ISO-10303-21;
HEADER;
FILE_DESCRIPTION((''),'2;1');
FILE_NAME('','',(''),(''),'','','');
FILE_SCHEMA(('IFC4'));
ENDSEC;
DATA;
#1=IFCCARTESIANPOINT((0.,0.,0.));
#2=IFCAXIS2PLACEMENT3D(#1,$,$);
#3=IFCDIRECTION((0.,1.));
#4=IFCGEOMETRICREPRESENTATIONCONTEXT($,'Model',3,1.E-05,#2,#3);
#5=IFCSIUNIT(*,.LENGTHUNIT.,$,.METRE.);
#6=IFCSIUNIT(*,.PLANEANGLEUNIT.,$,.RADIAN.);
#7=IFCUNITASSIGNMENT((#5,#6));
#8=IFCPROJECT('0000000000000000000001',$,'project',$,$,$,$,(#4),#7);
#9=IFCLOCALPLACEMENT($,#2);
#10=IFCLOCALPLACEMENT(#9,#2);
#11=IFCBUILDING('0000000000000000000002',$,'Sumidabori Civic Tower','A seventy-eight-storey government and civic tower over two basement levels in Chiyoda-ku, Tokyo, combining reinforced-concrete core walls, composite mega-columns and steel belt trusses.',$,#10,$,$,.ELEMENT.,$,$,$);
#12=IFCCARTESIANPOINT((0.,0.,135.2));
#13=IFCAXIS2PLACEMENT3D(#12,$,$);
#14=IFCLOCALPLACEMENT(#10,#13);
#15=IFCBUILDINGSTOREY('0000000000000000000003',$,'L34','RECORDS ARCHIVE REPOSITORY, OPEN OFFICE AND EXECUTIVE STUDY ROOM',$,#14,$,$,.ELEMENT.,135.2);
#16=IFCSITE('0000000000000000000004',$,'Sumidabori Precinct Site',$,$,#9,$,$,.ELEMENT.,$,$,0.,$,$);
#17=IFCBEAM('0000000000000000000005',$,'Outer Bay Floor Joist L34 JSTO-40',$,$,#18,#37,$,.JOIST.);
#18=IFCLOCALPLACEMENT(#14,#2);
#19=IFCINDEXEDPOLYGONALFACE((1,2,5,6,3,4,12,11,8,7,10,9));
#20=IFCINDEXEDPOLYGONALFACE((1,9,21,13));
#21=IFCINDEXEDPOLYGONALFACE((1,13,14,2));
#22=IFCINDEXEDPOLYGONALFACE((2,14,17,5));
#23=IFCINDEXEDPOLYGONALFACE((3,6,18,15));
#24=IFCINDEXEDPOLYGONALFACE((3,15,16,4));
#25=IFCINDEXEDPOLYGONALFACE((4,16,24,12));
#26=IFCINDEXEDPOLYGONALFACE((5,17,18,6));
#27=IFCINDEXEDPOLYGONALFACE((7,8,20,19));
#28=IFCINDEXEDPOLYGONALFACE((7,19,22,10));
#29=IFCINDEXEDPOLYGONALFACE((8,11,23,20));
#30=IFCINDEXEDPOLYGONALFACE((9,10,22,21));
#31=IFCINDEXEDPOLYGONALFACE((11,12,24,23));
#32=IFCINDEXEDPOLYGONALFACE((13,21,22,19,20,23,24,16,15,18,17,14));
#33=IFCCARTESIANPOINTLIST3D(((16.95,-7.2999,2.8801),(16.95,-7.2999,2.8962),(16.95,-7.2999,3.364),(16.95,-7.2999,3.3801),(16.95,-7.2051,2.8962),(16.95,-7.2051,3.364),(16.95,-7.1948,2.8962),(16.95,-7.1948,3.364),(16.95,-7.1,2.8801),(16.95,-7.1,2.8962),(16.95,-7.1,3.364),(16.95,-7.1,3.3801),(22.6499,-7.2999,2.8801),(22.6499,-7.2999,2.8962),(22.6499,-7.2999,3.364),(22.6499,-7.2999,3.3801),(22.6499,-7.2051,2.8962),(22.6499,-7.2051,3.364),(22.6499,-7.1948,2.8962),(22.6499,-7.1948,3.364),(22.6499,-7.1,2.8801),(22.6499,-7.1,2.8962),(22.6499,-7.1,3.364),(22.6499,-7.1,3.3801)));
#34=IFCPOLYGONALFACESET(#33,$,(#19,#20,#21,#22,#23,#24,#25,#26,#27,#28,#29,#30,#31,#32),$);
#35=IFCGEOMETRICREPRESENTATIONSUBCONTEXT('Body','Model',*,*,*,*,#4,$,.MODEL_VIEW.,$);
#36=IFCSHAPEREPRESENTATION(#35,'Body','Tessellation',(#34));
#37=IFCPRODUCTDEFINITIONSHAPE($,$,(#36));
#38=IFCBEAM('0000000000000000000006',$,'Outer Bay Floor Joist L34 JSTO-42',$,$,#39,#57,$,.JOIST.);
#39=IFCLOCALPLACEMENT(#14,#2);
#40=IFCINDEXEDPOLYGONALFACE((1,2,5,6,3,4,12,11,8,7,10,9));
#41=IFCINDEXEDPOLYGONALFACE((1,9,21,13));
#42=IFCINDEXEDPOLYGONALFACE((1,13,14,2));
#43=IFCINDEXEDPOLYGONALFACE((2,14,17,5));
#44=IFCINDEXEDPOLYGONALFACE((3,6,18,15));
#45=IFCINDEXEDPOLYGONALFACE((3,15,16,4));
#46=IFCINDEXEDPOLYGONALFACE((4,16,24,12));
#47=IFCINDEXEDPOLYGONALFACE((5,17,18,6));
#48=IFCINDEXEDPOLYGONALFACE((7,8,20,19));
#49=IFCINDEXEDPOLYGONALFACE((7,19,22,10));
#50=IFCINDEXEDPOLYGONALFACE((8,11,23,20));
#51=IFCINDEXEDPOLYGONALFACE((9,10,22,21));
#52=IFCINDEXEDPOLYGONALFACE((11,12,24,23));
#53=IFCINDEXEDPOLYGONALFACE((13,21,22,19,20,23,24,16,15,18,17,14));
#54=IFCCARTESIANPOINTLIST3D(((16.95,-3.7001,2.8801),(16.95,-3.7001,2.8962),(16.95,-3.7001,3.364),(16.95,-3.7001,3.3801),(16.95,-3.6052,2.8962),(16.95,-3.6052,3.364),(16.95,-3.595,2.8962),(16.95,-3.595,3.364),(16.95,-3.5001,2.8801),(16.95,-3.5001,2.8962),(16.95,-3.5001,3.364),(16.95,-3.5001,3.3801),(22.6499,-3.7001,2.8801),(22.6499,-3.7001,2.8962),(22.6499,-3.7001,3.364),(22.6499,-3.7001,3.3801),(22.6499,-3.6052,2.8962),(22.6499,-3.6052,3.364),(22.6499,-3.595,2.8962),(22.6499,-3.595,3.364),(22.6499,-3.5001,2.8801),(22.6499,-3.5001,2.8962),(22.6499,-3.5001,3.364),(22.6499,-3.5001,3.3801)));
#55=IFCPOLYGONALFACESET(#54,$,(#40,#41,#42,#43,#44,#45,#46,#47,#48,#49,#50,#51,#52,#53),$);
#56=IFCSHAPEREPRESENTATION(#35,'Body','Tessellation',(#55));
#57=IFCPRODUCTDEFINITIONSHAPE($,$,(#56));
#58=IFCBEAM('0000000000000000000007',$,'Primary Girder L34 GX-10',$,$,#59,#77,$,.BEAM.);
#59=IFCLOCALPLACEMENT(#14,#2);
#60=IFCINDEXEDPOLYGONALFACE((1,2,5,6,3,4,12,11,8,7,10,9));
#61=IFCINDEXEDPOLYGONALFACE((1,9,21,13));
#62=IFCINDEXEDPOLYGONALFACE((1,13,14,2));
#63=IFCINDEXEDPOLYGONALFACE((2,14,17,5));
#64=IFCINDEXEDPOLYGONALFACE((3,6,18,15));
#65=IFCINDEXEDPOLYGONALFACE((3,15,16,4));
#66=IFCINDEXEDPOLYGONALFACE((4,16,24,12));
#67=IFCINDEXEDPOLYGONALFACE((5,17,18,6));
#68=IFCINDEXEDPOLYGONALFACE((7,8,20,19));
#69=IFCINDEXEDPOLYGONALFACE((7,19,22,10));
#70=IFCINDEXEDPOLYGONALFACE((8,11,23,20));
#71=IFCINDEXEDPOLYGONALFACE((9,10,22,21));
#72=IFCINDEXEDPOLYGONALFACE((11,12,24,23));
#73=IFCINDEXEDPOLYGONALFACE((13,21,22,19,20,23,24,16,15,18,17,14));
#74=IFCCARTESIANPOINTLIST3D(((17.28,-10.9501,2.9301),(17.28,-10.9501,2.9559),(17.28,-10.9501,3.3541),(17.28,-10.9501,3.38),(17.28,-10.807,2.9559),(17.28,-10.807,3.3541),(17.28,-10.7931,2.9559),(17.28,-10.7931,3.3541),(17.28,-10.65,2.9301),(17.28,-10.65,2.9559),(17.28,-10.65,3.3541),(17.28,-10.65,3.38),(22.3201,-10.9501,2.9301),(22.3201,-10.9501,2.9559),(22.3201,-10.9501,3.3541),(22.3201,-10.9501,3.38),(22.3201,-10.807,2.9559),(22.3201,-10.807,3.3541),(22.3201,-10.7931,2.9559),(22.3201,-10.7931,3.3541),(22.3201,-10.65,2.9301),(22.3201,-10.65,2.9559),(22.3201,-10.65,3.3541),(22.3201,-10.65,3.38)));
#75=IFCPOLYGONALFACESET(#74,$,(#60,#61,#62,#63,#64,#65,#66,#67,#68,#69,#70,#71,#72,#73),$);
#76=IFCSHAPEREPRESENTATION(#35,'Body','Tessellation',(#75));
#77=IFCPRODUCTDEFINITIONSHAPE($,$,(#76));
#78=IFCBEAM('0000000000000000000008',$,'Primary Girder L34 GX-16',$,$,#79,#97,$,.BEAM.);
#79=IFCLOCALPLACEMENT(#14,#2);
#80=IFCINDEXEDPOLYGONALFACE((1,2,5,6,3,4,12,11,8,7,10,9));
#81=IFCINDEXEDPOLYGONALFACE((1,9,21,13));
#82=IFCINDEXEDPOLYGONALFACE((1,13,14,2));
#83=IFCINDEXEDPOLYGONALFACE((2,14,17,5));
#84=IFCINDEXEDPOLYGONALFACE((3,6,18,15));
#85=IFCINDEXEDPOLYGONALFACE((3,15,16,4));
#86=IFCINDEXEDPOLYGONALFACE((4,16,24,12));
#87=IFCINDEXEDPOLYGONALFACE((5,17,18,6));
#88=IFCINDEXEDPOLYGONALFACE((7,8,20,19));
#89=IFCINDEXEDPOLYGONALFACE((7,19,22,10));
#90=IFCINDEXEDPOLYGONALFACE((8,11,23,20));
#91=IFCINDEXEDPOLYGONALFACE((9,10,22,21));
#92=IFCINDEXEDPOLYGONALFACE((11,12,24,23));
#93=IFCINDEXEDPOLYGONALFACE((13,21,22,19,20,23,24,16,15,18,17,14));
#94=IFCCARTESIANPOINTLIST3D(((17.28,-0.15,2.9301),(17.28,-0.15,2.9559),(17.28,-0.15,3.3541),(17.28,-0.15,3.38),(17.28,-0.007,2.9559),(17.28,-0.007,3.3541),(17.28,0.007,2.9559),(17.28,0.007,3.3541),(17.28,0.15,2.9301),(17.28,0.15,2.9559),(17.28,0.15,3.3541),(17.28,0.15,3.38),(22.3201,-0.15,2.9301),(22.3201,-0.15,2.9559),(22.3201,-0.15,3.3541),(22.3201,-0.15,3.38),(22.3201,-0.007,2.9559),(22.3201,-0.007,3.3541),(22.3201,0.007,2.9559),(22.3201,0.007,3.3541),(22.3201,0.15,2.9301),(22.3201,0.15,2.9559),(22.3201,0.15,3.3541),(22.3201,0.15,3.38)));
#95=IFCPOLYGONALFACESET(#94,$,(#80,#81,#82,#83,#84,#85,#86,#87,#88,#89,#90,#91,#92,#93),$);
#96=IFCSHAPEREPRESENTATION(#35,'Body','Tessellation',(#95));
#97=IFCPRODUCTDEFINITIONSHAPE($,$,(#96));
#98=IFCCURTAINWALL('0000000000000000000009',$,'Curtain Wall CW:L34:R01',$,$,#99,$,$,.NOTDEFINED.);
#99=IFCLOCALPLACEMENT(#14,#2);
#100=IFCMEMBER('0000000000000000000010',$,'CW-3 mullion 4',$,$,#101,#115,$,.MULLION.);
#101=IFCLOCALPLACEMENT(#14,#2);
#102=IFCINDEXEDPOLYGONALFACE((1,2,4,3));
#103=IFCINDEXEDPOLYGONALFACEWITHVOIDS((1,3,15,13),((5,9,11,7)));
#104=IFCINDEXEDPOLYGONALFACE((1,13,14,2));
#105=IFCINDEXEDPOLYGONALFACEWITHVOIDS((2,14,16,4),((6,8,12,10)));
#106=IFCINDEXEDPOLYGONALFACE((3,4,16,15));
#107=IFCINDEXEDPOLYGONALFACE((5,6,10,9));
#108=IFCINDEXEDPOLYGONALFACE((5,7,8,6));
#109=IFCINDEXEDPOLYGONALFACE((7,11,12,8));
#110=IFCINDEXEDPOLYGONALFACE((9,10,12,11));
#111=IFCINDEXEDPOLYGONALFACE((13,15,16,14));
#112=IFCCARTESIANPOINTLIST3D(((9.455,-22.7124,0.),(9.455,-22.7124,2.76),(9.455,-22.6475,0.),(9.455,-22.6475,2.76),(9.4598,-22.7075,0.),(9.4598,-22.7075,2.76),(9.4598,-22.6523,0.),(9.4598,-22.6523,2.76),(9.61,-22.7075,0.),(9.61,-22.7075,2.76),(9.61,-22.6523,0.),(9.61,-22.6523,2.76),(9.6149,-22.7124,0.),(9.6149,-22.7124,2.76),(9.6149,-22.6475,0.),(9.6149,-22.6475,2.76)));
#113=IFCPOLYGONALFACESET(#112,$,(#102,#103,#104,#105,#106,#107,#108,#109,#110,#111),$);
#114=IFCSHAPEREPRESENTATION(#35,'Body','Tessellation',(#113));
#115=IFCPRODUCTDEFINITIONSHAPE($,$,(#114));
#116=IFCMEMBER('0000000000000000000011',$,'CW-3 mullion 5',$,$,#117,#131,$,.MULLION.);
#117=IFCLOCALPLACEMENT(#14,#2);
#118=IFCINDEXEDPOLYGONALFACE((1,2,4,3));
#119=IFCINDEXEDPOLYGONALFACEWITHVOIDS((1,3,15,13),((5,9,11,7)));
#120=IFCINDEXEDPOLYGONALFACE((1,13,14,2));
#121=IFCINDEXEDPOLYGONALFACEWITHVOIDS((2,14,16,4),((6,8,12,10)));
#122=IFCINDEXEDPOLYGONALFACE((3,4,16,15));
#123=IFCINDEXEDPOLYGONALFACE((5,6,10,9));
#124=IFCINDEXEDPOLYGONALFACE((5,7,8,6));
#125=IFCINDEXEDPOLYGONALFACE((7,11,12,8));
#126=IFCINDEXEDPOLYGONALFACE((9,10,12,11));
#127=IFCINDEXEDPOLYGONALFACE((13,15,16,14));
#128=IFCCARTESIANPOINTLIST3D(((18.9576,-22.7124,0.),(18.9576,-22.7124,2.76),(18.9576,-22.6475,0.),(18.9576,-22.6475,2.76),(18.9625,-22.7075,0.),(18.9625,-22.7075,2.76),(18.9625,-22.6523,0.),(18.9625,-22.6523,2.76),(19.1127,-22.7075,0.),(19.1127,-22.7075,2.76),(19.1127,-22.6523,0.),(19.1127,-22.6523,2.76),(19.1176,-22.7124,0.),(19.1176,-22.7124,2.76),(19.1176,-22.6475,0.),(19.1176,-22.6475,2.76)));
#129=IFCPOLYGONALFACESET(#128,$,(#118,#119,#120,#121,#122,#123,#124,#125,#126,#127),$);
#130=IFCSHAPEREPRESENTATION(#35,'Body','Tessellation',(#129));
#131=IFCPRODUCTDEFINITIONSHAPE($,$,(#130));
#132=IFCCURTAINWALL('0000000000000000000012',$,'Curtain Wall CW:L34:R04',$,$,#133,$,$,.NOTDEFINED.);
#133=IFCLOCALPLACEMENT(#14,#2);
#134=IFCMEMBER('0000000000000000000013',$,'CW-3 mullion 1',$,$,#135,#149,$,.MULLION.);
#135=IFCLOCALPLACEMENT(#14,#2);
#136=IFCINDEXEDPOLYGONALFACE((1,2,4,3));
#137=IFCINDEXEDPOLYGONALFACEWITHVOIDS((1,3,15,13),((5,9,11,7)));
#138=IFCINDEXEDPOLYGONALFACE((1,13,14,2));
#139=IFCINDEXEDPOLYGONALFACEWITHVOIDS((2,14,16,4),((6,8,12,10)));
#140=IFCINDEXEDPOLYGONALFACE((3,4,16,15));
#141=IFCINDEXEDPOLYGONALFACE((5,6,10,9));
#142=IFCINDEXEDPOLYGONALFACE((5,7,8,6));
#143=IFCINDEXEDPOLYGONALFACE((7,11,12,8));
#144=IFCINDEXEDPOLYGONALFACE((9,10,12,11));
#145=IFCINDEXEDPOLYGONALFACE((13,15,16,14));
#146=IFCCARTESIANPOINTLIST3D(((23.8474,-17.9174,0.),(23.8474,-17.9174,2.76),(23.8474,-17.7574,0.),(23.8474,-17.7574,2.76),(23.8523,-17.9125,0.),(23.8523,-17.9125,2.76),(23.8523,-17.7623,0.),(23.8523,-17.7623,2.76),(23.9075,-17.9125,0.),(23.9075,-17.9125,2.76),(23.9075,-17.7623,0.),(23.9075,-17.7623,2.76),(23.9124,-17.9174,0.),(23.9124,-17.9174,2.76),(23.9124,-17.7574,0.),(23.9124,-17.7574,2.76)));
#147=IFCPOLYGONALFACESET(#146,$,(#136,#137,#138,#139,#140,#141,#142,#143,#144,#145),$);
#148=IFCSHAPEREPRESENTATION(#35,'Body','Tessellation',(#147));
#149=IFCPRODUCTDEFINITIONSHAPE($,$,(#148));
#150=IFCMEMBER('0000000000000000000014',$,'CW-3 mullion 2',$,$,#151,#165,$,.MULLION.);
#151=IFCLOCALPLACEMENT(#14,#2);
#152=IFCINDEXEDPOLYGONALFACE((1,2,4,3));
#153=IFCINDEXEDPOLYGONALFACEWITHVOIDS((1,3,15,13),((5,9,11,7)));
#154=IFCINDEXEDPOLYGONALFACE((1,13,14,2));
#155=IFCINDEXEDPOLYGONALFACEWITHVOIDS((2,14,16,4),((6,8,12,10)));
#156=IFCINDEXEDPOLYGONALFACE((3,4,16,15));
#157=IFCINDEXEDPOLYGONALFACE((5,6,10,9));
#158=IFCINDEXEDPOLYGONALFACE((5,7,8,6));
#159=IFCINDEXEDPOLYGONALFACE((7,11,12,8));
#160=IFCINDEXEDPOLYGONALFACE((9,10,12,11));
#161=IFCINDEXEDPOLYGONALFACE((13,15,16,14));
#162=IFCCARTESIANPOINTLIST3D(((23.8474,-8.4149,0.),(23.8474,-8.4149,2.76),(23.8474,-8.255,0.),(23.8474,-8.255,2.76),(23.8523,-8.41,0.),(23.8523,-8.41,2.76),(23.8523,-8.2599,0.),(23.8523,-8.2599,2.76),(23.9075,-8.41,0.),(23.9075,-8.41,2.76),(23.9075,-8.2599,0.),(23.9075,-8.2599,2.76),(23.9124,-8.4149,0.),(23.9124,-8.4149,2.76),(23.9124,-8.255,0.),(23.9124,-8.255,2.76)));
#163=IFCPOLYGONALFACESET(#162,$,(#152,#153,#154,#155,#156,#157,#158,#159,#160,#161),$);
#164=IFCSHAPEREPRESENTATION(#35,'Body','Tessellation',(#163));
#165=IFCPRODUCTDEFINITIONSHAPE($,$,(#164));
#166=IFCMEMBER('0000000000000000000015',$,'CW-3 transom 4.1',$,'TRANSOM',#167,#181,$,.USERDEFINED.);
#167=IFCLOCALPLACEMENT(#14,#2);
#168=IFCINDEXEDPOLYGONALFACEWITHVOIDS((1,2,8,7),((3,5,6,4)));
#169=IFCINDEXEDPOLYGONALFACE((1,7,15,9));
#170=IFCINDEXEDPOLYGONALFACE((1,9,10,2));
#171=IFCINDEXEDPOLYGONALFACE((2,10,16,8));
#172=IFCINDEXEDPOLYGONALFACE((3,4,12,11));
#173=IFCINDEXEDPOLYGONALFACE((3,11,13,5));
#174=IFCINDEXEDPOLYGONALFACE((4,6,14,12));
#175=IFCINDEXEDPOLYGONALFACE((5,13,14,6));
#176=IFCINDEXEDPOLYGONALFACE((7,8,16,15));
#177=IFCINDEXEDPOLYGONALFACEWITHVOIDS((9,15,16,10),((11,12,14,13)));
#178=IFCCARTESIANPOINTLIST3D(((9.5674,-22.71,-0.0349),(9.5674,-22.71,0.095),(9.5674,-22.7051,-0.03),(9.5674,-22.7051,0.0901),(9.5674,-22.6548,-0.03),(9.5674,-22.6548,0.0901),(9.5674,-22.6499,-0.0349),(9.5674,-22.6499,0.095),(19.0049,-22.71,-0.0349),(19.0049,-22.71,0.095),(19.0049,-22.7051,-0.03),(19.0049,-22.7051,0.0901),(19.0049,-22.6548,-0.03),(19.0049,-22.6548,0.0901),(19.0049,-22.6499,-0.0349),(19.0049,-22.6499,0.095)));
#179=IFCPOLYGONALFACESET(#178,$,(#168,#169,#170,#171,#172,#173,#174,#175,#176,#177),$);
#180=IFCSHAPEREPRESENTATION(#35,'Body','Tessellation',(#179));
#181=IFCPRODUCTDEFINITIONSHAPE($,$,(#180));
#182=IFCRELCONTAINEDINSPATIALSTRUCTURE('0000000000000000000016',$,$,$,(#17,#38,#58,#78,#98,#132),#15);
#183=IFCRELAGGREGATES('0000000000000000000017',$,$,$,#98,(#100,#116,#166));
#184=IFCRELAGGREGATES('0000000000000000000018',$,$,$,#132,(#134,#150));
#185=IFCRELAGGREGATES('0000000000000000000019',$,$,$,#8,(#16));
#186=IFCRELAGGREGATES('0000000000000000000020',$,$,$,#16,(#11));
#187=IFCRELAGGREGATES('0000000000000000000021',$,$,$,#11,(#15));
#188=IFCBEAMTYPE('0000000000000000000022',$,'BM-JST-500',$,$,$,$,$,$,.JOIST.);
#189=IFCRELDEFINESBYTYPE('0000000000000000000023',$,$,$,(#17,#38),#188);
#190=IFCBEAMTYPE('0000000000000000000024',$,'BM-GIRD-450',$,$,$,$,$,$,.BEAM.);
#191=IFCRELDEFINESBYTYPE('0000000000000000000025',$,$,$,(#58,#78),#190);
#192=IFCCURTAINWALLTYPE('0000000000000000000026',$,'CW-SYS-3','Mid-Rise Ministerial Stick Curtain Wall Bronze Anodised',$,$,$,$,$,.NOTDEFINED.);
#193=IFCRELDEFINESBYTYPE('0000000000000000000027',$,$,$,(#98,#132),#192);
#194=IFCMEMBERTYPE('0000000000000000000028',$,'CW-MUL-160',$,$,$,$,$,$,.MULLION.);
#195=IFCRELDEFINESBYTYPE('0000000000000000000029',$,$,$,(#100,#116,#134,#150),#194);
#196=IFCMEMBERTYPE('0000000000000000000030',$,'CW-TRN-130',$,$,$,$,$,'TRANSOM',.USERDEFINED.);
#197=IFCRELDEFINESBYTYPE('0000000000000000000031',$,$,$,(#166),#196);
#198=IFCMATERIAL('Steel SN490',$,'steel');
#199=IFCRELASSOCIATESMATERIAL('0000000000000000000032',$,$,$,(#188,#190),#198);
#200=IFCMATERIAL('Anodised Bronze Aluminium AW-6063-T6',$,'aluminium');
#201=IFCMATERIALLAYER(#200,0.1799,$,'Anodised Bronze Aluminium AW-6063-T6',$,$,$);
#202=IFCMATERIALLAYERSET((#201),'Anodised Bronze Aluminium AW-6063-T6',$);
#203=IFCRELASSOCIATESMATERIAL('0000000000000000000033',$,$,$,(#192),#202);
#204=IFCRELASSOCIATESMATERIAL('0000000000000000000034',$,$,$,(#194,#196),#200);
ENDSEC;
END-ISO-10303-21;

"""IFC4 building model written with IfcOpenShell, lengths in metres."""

from ifc_helpers import new_model, si_unit, direction, frame, origin, origin_2d, place, context, subcontext, project, spatial, hollow_rectangle, i_section, extrude, source, transform, mapped, material, layer, layer_set, material_profile, profile_set, type_object, element, aggregate, save


model = new_model("IFC4")

# Units and contexts
model_context = context("Model", 3, precision=1e-05, world=origin(), true_north=direction((0.0, 1.0)))
body_context = subcontext(model_context, "Body", "Model", "MODEL_VIEW")
ifc_project = project(units=[si_unit("LENGTHUNIT", "METRE"), si_unit("PLANEANGLEUNIT", "RADIAN")], contexts=[model_context])

# Site, building, storey
site_placement = place(None, origin())
site = spatial("IfcSite", under=ifc_project, at=site_placement, Name="Sumidabori Precinct Site", CompositionType="ELEMENT", RefElevation=0.0)
building_placement = place(site_placement, origin())
building = spatial("IfcBuilding", under=site, at=building_placement, Name="Sumidabori Civic Tower", Description="A seventy-eight-storey government and civic tower over two basement levels in Chiyoda-ku, Tokyo, combining reinforced-concrete core walls, composite mega-columns and steel belt trusses.", CompositionType="ELEMENT")
storey_placement = place(building_placement, frame((0.0, 0.0, 135.2)))
storey = spatial("IfcBuildingStorey", under=building, at=storey_placement, Name="L34", Description="RECORDS ARCHIVE REPOSITORY, OPEN OFFICE AND EXECUTIVE STUDY ROOM", CompositionType="ELEMENT", Elevation=135.2)

# Beams
ifc_material_1 = material(Name="Steel SN490", Category="steel")
ifc_material_profile_1 = material_profile(ifc_material_1, i_section(OverallWidth=0.2, OverallDepth=0.5, WebThickness=0.0103, FlangeThickness=0.0161, at=origin_2d()), Name="IPE 500")
ifc_profile_set_1 = profile_set([ifc_material_profile_1], Name="Steel SN490")
beam_type_1 = type_object("IfcBeamType", Name="BM-JST-500", PredefinedType="JOIST", material=ifc_profile_set_1)
shared_shape_1 = source(origin(), body_context, "Body", "SweptSolid", [
    extrude(i_section(OverallWidth=0.2, OverallDepth=0.5, WebThickness=0.0103, FlangeThickness=0.0161, at=origin_2d()), origin(), (0.0, 0.0, 1.0), 5.7),
])
for number, where, z_axis, x_axis, name in (
    (1, (16.95, -7.2, 3.1301), (1.0, 0.0, 0.0), (0.0, 1.0, 0.0), "Outer Bay Floor Joist L34 JSTO-40"),
    (2, (16.95, -3.6001, 3.1301), (1.0, 0.0, 0.0), (0.0, 1.0, 0.0), "Outer Bay Floor Joist L34 JSTO-42"),
):
    element("IfcBeam", number, at=place(storey_placement, frame(where, z_axis=z_axis, x_axis=x_axis)), inside=storey, type_object=beam_type_1, Name=name, PredefinedType="JOIST", context=body_context, shape_type="MappedRepresentation", body=[
        mapped(shared_shape_1, transform((0.0, 0.0, 0.0), x_axis=(1.0, 0.0, 0.0), y_axis=(0.0, 1.0, 0.0), z_axis=(0.0, 0.0, 1.0), scale=1.0)),
    ])
ifc_material_profile_2 = material_profile(ifc_material_1, i_section(OverallWidth=0.3, OverallDepth=0.45, WebThickness=0.0139, FlangeThickness=0.0259, at=origin_2d()), Name="HE 450 B")
ifc_profile_set_2 = profile_set([ifc_material_profile_2], Name="Steel SN490")
beam_type_2 = type_object("IfcBeamType", Name="BM-GIRD-450", PredefinedType="BEAM", material=ifc_profile_set_2)
shared_shape_2 = source(origin(), body_context, "Body", "SweptSolid", [
    extrude(i_section(OverallWidth=0.3, OverallDepth=0.45, WebThickness=0.0139, FlangeThickness=0.0259, at=origin_2d()), origin(), (0.0, 0.0, 1.0), 5.04),
])
for number, where, z_axis, x_axis, name in (
    (3, (17.28, -10.8, 3.155), (1.0, 0.0, 0.0), (0.0, 1.0, 0.0), "Primary Girder L34 GX-10"),
    (4, (17.28, 0.0, 3.155), (1.0, 0.0, 0.0), (0.0, 1.0, 0.0), "Primary Girder L34 GX-16"),
):
    element("IfcBeam", number, at=place(storey_placement, frame(where, z_axis=z_axis, x_axis=x_axis)), inside=storey, type_object=beam_type_2, Name=name, PredefinedType="BEAM", context=body_context, shape_type="MappedRepresentation", body=[
        mapped(shared_shape_2, transform((0.0, 0.0, 0.0), x_axis=(1.0, 0.0, 0.0), y_axis=(0.0, 1.0, 0.0), z_axis=(0.0, 0.0, 1.0), scale=1.0)),
    ])

# Curtain walls, members
ifc_material_2 = material(Name="Anodised Bronze Aluminium AW-6063-T6", Category="aluminium")
ifc_layer_1 = layer(ifc_material_2, 0.1799, Name="Anodised Bronze Aluminium AW-6063-T6")
ifc_layer_set_1 = layer_set([ifc_layer_1], Name="Anodised Bronze Aluminium AW-6063-T6")
curtain_wall_type = type_object("IfcCurtainWallType", Name="CW-SYS-3", Description="Mid-Rise Ministerial Stick Curtain Wall Bronze Anodised", PredefinedType="NOTDEFINED", material=ifc_layer_set_1)
curtain_wall_1_placement = place(storey_placement, origin())
curtain_wall_1 = element("IfcCurtainWall", 5, at=curtain_wall_1_placement, inside=storey, type_object=curtain_wall_type, Name="Curtain Wall CW:L34:R01", PredefinedType="NOTDEFINED")
ifc_material_profile_3 = material_profile(ifc_material_2, hollow_rectangle(XDim=0.0649, YDim=0.1599, WallThickness=0.0049, at=origin_2d()), Name="ALU MULLION 160x65")
ifc_profile_set_3 = profile_set([ifc_material_profile_3], Name="Anodised Bronze Aluminium AW-6063-T6")
member_type_1 = type_object("IfcMemberType", Name="CW-MUL-160", PredefinedType="MULLION", material=ifc_profile_set_3)
shared_shape_3 = source(origin(), body_context, "Body", "SweptSolid", [
    extrude(hollow_rectangle(XDim=0.0649, YDim=0.1599, WallThickness=0.0049, at=origin_2d()), origin(), (0.0, 0.0, 1.0), 2.76),
])
member_1_placement = place(storey_placement, frame((9.5349, -22.6799, 0.0), z_axis=(0.0, 0.0, 1.0), x_axis=(0.0, 1.0, 0.0)))
member_1 = element("IfcMember", 6, at=member_1_placement, type_object=member_type_1, Name="CW-3 mullion 4", PredefinedType="MULLION", context=body_context, shape_type="MappedRepresentation", body=[
    mapped(shared_shape_3, transform((0.0, 0.0, 0.0), x_axis=(1.0, 0.0, 0.0), y_axis=(0.0, 1.0, 0.0), z_axis=(0.0, 0.0, 1.0), scale=1.0)),
])
member_2_placement = place(storey_placement, frame((19.0376, -22.6799, 0.0), z_axis=(0.0, 0.0, 1.0), x_axis=(0.0, 1.0, 0.0)))
member_2 = element("IfcMember", 7, at=member_2_placement, type_object=member_type_1, Name="CW-3 mullion 5", PredefinedType="MULLION", context=body_context, shape_type="MappedRepresentation", body=[
    mapped(shared_shape_3, transform((0.0, 0.0, 0.0), x_axis=(1.0, 0.0, 0.0), y_axis=(0.0, 1.0, 0.0), z_axis=(0.0, 0.0, 1.0), scale=1.0)),
])
curtain_wall_2_placement = place(storey_placement, origin())
curtain_wall_2 = element("IfcCurtainWall", 8, at=curtain_wall_2_placement, inside=storey, type_object=curtain_wall_type, Name="Curtain Wall CW:L34:R04", PredefinedType="NOTDEFINED")
member_3_placement = place(storey_placement, frame((23.8799, -17.8374, 0.0), z_axis=(0.0, 0.0, 1.0), x_axis=(-1.0, 0.0, 0.0)))
member_3 = element("IfcMember", 9, at=member_3_placement, type_object=member_type_1, Name="CW-3 mullion 1", PredefinedType="MULLION", context=body_context, shape_type="MappedRepresentation", body=[
    mapped(shared_shape_3, transform((0.0, 0.0, 0.0), x_axis=(1.0, 0.0, 0.0), y_axis=(0.0, 1.0, 0.0), z_axis=(0.0, 0.0, 1.0), scale=1.0)),
])
member_4_placement = place(storey_placement, frame((23.8799, -8.335, 0.0), z_axis=(0.0, 0.0, 1.0), x_axis=(-1.0, 0.0, 0.0)))
member_4 = element("IfcMember", 10, at=member_4_placement, type_object=member_type_1, Name="CW-3 mullion 2", PredefinedType="MULLION", context=body_context, shape_type="MappedRepresentation", body=[
    mapped(shared_shape_3, transform((0.0, 0.0, 0.0), x_axis=(1.0, 0.0, 0.0), y_axis=(0.0, 1.0, 0.0), z_axis=(0.0, 0.0, 1.0), scale=1.0)),
])

# Member
ifc_material_profile_4 = material_profile(ifc_material_2, hollow_rectangle(XDim=0.0601, YDim=0.1299, WallThickness=0.0049, at=origin_2d()), Name="ALU TRANSOM 130x60")
ifc_profile_set_4 = profile_set([ifc_material_profile_4], Name="Anodised Bronze Aluminium AW-6063-T6")
member_type_2 = type_object("IfcMemberType", Name="CW-TRN-130", ElementType="TRANSOM", PredefinedType="USERDEFINED", material=ifc_profile_set_4)
shared_shape_4 = source(origin(), body_context, "Body", "SweptSolid", [
    extrude(hollow_rectangle(XDim=0.0601, YDim=0.1299, WallThickness=0.0049, at=origin_2d()), origin(), (0.0, 0.0, 1.0), 9.4375),
])
member_5_placement = place(storey_placement, frame((9.5674, -22.6799, 0.03), z_axis=(1.0, 0.0, 0.0), x_axis=(0.0, 1.0, 0.0)))
member_5 = element("IfcMember", 11, at=member_5_placement, type_object=member_type_2, Name="CW-3 transom 4.1", ObjectType="TRANSOM", PredefinedType="USERDEFINED", context=body_context, shape_type="MappedRepresentation", body=[
    mapped(shared_shape_4, transform((0.0, 0.0, 0.0), x_axis=(1.0, 0.0, 0.0), y_axis=(0.0, 1.0, 0.0), z_axis=(0.0, 0.0, 1.0), scale=1.0)),
])

aggregate(curtain_wall_1, [member_1, member_2, member_5])
aggregate(curtain_wall_2, [member_3, member_4])

save(model, "model.ifc")
